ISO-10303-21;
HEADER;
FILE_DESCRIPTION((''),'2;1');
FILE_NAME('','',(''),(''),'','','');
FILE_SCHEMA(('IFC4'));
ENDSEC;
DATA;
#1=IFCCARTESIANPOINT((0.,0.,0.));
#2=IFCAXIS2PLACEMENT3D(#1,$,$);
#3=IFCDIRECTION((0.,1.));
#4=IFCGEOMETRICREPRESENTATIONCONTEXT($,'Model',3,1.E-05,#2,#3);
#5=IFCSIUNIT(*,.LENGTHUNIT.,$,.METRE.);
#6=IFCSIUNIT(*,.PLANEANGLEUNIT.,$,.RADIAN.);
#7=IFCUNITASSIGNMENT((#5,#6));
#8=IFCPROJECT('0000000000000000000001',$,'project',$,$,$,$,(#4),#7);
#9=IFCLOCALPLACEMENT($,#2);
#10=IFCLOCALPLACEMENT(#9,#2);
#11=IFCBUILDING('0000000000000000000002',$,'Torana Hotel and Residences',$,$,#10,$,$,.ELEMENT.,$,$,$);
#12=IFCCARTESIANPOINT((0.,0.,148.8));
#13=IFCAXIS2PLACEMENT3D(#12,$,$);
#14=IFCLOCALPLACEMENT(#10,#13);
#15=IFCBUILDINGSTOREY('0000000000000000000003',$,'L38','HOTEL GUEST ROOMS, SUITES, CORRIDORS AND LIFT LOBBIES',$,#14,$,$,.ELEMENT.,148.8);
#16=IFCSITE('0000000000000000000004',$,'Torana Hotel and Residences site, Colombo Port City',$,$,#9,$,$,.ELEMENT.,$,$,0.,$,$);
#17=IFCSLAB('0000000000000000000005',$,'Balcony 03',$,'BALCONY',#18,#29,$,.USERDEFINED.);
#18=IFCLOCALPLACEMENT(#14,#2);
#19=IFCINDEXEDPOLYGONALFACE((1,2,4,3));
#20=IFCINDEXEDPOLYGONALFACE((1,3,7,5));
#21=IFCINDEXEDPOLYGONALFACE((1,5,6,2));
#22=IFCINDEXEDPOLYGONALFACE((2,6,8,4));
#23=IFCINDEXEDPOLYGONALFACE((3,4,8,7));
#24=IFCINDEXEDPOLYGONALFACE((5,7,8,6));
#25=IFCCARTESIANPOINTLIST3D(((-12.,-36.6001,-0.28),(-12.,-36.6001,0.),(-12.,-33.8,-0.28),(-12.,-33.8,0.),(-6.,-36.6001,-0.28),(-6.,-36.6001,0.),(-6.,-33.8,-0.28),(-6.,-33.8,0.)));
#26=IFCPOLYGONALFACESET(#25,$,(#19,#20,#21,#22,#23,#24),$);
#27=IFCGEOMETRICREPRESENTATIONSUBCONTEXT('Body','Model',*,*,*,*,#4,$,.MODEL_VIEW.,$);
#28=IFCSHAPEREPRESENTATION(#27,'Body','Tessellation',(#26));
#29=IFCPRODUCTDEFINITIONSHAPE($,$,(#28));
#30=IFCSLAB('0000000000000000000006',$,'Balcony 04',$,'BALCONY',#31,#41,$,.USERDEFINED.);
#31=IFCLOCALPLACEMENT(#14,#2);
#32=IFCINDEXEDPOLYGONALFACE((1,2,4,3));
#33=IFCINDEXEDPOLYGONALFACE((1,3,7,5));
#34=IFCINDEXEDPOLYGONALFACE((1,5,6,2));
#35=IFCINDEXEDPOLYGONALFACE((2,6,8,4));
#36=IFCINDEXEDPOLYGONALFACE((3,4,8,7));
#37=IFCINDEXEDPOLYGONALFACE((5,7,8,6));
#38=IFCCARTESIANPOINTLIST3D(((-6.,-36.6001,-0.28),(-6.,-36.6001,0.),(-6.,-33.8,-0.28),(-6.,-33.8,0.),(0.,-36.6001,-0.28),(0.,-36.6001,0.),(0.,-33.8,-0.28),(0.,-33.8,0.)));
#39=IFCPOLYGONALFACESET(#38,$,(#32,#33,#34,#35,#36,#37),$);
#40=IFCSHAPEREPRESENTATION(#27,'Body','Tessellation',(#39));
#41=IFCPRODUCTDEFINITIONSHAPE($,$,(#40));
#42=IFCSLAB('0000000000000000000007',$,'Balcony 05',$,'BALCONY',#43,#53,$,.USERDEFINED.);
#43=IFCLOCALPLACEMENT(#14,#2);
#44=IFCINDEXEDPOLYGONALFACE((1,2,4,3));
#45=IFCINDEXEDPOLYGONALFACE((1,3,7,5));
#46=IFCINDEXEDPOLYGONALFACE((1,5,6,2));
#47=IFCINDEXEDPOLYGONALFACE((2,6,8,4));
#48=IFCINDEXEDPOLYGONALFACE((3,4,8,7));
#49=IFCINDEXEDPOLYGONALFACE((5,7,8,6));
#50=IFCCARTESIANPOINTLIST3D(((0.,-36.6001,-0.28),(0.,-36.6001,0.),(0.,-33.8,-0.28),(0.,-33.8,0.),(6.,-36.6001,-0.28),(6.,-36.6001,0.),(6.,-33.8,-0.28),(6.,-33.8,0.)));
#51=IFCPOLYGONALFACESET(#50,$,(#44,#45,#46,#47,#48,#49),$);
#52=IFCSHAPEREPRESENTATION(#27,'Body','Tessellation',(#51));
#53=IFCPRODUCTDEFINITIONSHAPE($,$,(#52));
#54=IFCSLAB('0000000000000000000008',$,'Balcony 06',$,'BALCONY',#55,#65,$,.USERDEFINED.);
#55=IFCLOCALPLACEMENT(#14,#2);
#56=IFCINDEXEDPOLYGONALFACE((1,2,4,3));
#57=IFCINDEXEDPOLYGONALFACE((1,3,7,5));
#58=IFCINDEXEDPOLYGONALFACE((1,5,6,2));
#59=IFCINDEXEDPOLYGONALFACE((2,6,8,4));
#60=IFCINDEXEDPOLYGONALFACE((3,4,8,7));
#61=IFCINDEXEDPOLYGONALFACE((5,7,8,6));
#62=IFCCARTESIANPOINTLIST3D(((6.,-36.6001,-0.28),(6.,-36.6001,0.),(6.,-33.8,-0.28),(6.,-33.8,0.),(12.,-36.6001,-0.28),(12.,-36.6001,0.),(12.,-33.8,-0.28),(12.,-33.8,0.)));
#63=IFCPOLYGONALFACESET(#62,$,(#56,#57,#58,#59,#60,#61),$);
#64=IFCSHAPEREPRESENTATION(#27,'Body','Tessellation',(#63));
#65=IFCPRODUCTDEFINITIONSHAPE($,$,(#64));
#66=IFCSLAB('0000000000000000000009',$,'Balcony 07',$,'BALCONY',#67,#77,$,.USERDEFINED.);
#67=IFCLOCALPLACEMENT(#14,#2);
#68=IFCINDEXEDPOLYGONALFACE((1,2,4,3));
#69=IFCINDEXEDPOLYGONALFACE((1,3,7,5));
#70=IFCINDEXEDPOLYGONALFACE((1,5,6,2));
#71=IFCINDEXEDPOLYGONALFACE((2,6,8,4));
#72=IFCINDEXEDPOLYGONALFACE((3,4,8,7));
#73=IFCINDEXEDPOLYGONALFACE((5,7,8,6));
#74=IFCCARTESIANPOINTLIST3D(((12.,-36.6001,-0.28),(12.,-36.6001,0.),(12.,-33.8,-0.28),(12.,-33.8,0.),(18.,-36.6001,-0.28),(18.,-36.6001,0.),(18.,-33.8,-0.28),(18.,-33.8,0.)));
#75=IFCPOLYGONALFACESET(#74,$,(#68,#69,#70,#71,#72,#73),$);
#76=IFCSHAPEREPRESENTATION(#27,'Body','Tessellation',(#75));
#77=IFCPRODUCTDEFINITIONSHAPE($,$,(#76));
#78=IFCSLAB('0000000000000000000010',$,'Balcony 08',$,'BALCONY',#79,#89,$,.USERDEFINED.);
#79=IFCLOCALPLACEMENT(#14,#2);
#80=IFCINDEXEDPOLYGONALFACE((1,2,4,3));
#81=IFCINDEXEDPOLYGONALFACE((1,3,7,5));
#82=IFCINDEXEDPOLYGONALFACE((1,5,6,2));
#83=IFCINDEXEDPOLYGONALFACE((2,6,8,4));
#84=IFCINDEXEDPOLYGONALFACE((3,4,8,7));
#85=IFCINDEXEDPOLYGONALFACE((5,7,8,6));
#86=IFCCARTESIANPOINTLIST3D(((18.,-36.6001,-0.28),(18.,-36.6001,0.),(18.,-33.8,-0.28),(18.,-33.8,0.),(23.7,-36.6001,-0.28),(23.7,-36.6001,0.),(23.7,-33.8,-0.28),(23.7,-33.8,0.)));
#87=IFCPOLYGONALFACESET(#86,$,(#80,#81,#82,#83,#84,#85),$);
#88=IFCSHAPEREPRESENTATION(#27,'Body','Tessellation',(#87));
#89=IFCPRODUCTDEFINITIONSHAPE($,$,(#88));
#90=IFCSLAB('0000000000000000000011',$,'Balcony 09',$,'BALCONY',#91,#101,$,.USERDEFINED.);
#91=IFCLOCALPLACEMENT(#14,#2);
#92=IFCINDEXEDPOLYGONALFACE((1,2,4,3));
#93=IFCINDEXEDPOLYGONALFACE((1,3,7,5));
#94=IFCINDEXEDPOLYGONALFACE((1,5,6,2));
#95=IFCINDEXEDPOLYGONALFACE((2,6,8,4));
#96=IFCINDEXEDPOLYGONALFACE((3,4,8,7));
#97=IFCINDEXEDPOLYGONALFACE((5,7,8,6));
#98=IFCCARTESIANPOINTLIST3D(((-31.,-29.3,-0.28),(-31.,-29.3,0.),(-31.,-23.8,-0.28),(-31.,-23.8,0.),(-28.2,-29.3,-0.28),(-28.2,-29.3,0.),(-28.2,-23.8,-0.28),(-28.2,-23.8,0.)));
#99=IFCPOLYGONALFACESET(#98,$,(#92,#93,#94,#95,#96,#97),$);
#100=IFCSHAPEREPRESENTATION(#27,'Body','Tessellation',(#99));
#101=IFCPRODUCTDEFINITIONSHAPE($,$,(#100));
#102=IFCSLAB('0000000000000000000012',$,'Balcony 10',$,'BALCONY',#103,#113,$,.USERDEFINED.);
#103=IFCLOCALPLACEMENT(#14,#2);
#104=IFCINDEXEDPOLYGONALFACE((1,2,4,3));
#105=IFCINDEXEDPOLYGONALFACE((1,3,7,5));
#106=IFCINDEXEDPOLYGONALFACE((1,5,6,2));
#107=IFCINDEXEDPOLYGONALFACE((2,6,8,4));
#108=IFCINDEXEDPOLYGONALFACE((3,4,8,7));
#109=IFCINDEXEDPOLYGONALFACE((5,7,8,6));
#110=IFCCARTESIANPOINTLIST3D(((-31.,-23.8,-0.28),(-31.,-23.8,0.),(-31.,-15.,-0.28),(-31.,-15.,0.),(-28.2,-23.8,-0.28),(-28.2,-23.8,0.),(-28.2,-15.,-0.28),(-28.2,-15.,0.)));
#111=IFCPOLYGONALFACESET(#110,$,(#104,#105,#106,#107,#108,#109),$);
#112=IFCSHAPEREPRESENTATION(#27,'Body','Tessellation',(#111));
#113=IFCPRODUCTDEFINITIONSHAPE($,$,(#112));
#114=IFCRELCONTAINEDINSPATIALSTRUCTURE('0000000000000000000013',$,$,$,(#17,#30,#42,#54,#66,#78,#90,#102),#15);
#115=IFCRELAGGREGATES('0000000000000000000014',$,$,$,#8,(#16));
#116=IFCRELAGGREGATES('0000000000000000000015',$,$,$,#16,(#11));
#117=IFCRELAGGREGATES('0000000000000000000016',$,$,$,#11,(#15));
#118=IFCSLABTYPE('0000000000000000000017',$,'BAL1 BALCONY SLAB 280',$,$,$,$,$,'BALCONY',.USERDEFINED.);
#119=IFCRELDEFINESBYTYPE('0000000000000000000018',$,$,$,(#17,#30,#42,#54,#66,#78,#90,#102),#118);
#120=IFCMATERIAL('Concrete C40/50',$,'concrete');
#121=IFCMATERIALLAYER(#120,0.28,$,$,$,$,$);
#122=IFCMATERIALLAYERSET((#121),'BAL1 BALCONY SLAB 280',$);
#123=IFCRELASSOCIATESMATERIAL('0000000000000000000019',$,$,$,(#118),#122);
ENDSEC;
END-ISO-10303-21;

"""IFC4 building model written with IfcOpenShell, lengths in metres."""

from ifc_helpers import new_model, si_unit, direction, frame, origin, place, context, subcontext, project, spatial, polyline, outline, extrude, material, layer, layer_set, type_object, element, save


model = new_model("IFC4")

# Units and contexts
model_context = context("Model", 3, precision=1e-05, world=origin(), true_north=direction((0.0, 1.0)))
body_context = subcontext(model_context, "Body", "Model", "MODEL_VIEW")
ifc_project = project(units=[si_unit("LENGTHUNIT", "METRE"), si_unit("PLANEANGLEUNIT", "RADIAN")], contexts=[model_context])

# Site, building, storey
site_placement = place(None, origin())
site = spatial("IfcSite", under=ifc_project, at=site_placement, Name="Torana Hotel and Residences site, Colombo Port City", CompositionType="ELEMENT", RefElevation=0.0)
building_placement = place(site_placement, origin())
building = spatial("IfcBuilding", under=site, at=building_placement, Name="Torana Hotel and Residences", CompositionType="ELEMENT")
storey_placement = place(building_placement, frame((0.0, 0.0, 148.8)))
storey = spatial("IfcBuildingStorey", under=building, at=storey_placement, Name="L38", Description="HOTEL GUEST ROOMS, SUITES, CORRIDORS AND LIFT LOBBIES", CompositionType="ELEMENT", Elevation=148.8)

# Slabs
ifc_material_1 = material(Name="Concrete C40/50", Category="concrete")
ifc_layer_1 = layer(ifc_material_1, 0.28)
ifc_layer_set_1 = layer_set([ifc_layer_1], Name="BAL1 BALCONY SLAB 280")
slab_type = type_object("IfcSlabType", Name="BAL1 BALCONY SLAB 280", ElementType="BALCONY", PredefinedType="USERDEFINED", material=ifc_layer_set_1)
slab_1_placement = place(storey_placement, frame((0.0, 0.0, -0.28)))
element("IfcSlab", 1, at=slab_1_placement, inside=storey, type_object=slab_type, Name="Balcony 03", ObjectType="BALCONY", PredefinedType="USERDEFINED", context=body_context, shape_type="SweptSolid", body=[
    extrude(outline(polyline([(-12.0, -36.6001), (-6.0, -36.6001), (-6.0, -33.8), (-12.0, -33.8), (-12.0, -36.6001)])), origin(), (0.0, 0.0, 1.0), 0.28),
])
slab_2_placement = place(storey_placement, frame((0.0, 0.0, -0.28)))
element("IfcSlab", 2, at=slab_2_placement, inside=storey, type_object=slab_type, Name="Balcony 04", ObjectType="BALCONY", PredefinedType="USERDEFINED", context=body_context, shape_type="SweptSolid", body=[
    extrude(outline(polyline([(-6.0, -36.6001), (0.0, -36.6001), (0.0, -33.8), (-6.0, -33.8), (-6.0, -36.6001)])), origin(), (0.0, 0.0, 1.0), 0.28),
])
slab_3_placement = place(storey_placement, frame((0.0, 0.0, -0.28)))
element("IfcSlab", 3, at=slab_3_placement, inside=storey, type_object=slab_type, Name="Balcony 05", ObjectType="BALCONY", PredefinedType="USERDEFINED", context=body_context, shape_type="SweptSolid", body=[
    extrude(outline(polyline([(0.0, -36.6001), (6.0, -36.6001), (6.0, -33.8), (0.0, -33.8), (0.0, -36.6001)])), origin(), (0.0, 0.0, 1.0), 0.28),
])
slab_4_placement = place(storey_placement, frame((0.0, 0.0, -0.28)))
element("IfcSlab", 4, at=slab_4_placement, inside=storey, type_object=slab_type, Name="Balcony 06", ObjectType="BALCONY", PredefinedType="USERDEFINED", context=body_context, shape_type="SweptSolid", body=[
    extrude(outline(polyline([(6.0, -36.6001), (12.0, -36.6001), (12.0, -33.8), (6.0, -33.8), (6.0, -36.6001)])), origin(), (0.0, 0.0, 1.0), 0.28),
])
slab_5_placement = place(storey_placement, frame((0.0, 0.0, -0.28)))
element("IfcSlab", 5, at=slab_5_placement, inside=storey, type_object=slab_type, Name="Balcony 07", ObjectType="BALCONY", PredefinedType="USERDEFINED", context=body_context, shape_type="SweptSolid", body=[
    extrude(outline(polyline([(12.0, -36.6001), (18.0, -36.6001), (18.0, -33.8), (12.0, -33.8), (12.0, -36.6001)])), origin(), (0.0, 0.0, 1.0), 0.28),
])
slab_6_placement = place(storey_placement, frame((0.0, 0.0, -0.28)))
element("IfcSlab", 6, at=slab_6_placement, inside=storey, type_object=slab_type, Name="Balcony 08", ObjectType="BALCONY", PredefinedType="USERDEFINED", context=body_context, shape_type="SweptSolid", body=[
    extrude(outline(polyline([(18.0, -36.6001), (23.7, -36.6001), (23.7, -33.8), (18.0, -33.8), (18.0, -36.6001)])), origin(), (0.0, 0.0, 1.0), 0.28),
])
slab_7_placement = place(storey_placement, frame((0.0, 0.0, -0.28)))
element("IfcSlab", 7, at=slab_7_placement, inside=storey, type_object=slab_type, Name="Balcony 09", ObjectType="BALCONY", PredefinedType="USERDEFINED", context=body_context, shape_type="SweptSolid", body=[
    extrude(outline(polyline([(-31.0, -29.3), (-28.2, -29.3), (-28.2, -23.8), (-31.0, -23.8), (-31.0, -29.3)])), origin(), (0.0, 0.0, 1.0), 0.28),
])
slab_8_placement = place(storey_placement, frame((0.0, 0.0, -0.28)))
element("IfcSlab", 8, at=slab_8_placement, inside=storey, type_object=slab_type, Name="Balcony 10", ObjectType="BALCONY", PredefinedType="USERDEFINED", context=body_context, shape_type="SweptSolid", body=[
    extrude(outline(polyline([(-31.0, -23.8), (-28.2, -23.8), (-28.2, -15.0), (-31.0, -15.0), (-31.0, -23.8)])), origin(), (0.0, 0.0, 1.0), 0.28),
])

save(model, "model.ifc")
